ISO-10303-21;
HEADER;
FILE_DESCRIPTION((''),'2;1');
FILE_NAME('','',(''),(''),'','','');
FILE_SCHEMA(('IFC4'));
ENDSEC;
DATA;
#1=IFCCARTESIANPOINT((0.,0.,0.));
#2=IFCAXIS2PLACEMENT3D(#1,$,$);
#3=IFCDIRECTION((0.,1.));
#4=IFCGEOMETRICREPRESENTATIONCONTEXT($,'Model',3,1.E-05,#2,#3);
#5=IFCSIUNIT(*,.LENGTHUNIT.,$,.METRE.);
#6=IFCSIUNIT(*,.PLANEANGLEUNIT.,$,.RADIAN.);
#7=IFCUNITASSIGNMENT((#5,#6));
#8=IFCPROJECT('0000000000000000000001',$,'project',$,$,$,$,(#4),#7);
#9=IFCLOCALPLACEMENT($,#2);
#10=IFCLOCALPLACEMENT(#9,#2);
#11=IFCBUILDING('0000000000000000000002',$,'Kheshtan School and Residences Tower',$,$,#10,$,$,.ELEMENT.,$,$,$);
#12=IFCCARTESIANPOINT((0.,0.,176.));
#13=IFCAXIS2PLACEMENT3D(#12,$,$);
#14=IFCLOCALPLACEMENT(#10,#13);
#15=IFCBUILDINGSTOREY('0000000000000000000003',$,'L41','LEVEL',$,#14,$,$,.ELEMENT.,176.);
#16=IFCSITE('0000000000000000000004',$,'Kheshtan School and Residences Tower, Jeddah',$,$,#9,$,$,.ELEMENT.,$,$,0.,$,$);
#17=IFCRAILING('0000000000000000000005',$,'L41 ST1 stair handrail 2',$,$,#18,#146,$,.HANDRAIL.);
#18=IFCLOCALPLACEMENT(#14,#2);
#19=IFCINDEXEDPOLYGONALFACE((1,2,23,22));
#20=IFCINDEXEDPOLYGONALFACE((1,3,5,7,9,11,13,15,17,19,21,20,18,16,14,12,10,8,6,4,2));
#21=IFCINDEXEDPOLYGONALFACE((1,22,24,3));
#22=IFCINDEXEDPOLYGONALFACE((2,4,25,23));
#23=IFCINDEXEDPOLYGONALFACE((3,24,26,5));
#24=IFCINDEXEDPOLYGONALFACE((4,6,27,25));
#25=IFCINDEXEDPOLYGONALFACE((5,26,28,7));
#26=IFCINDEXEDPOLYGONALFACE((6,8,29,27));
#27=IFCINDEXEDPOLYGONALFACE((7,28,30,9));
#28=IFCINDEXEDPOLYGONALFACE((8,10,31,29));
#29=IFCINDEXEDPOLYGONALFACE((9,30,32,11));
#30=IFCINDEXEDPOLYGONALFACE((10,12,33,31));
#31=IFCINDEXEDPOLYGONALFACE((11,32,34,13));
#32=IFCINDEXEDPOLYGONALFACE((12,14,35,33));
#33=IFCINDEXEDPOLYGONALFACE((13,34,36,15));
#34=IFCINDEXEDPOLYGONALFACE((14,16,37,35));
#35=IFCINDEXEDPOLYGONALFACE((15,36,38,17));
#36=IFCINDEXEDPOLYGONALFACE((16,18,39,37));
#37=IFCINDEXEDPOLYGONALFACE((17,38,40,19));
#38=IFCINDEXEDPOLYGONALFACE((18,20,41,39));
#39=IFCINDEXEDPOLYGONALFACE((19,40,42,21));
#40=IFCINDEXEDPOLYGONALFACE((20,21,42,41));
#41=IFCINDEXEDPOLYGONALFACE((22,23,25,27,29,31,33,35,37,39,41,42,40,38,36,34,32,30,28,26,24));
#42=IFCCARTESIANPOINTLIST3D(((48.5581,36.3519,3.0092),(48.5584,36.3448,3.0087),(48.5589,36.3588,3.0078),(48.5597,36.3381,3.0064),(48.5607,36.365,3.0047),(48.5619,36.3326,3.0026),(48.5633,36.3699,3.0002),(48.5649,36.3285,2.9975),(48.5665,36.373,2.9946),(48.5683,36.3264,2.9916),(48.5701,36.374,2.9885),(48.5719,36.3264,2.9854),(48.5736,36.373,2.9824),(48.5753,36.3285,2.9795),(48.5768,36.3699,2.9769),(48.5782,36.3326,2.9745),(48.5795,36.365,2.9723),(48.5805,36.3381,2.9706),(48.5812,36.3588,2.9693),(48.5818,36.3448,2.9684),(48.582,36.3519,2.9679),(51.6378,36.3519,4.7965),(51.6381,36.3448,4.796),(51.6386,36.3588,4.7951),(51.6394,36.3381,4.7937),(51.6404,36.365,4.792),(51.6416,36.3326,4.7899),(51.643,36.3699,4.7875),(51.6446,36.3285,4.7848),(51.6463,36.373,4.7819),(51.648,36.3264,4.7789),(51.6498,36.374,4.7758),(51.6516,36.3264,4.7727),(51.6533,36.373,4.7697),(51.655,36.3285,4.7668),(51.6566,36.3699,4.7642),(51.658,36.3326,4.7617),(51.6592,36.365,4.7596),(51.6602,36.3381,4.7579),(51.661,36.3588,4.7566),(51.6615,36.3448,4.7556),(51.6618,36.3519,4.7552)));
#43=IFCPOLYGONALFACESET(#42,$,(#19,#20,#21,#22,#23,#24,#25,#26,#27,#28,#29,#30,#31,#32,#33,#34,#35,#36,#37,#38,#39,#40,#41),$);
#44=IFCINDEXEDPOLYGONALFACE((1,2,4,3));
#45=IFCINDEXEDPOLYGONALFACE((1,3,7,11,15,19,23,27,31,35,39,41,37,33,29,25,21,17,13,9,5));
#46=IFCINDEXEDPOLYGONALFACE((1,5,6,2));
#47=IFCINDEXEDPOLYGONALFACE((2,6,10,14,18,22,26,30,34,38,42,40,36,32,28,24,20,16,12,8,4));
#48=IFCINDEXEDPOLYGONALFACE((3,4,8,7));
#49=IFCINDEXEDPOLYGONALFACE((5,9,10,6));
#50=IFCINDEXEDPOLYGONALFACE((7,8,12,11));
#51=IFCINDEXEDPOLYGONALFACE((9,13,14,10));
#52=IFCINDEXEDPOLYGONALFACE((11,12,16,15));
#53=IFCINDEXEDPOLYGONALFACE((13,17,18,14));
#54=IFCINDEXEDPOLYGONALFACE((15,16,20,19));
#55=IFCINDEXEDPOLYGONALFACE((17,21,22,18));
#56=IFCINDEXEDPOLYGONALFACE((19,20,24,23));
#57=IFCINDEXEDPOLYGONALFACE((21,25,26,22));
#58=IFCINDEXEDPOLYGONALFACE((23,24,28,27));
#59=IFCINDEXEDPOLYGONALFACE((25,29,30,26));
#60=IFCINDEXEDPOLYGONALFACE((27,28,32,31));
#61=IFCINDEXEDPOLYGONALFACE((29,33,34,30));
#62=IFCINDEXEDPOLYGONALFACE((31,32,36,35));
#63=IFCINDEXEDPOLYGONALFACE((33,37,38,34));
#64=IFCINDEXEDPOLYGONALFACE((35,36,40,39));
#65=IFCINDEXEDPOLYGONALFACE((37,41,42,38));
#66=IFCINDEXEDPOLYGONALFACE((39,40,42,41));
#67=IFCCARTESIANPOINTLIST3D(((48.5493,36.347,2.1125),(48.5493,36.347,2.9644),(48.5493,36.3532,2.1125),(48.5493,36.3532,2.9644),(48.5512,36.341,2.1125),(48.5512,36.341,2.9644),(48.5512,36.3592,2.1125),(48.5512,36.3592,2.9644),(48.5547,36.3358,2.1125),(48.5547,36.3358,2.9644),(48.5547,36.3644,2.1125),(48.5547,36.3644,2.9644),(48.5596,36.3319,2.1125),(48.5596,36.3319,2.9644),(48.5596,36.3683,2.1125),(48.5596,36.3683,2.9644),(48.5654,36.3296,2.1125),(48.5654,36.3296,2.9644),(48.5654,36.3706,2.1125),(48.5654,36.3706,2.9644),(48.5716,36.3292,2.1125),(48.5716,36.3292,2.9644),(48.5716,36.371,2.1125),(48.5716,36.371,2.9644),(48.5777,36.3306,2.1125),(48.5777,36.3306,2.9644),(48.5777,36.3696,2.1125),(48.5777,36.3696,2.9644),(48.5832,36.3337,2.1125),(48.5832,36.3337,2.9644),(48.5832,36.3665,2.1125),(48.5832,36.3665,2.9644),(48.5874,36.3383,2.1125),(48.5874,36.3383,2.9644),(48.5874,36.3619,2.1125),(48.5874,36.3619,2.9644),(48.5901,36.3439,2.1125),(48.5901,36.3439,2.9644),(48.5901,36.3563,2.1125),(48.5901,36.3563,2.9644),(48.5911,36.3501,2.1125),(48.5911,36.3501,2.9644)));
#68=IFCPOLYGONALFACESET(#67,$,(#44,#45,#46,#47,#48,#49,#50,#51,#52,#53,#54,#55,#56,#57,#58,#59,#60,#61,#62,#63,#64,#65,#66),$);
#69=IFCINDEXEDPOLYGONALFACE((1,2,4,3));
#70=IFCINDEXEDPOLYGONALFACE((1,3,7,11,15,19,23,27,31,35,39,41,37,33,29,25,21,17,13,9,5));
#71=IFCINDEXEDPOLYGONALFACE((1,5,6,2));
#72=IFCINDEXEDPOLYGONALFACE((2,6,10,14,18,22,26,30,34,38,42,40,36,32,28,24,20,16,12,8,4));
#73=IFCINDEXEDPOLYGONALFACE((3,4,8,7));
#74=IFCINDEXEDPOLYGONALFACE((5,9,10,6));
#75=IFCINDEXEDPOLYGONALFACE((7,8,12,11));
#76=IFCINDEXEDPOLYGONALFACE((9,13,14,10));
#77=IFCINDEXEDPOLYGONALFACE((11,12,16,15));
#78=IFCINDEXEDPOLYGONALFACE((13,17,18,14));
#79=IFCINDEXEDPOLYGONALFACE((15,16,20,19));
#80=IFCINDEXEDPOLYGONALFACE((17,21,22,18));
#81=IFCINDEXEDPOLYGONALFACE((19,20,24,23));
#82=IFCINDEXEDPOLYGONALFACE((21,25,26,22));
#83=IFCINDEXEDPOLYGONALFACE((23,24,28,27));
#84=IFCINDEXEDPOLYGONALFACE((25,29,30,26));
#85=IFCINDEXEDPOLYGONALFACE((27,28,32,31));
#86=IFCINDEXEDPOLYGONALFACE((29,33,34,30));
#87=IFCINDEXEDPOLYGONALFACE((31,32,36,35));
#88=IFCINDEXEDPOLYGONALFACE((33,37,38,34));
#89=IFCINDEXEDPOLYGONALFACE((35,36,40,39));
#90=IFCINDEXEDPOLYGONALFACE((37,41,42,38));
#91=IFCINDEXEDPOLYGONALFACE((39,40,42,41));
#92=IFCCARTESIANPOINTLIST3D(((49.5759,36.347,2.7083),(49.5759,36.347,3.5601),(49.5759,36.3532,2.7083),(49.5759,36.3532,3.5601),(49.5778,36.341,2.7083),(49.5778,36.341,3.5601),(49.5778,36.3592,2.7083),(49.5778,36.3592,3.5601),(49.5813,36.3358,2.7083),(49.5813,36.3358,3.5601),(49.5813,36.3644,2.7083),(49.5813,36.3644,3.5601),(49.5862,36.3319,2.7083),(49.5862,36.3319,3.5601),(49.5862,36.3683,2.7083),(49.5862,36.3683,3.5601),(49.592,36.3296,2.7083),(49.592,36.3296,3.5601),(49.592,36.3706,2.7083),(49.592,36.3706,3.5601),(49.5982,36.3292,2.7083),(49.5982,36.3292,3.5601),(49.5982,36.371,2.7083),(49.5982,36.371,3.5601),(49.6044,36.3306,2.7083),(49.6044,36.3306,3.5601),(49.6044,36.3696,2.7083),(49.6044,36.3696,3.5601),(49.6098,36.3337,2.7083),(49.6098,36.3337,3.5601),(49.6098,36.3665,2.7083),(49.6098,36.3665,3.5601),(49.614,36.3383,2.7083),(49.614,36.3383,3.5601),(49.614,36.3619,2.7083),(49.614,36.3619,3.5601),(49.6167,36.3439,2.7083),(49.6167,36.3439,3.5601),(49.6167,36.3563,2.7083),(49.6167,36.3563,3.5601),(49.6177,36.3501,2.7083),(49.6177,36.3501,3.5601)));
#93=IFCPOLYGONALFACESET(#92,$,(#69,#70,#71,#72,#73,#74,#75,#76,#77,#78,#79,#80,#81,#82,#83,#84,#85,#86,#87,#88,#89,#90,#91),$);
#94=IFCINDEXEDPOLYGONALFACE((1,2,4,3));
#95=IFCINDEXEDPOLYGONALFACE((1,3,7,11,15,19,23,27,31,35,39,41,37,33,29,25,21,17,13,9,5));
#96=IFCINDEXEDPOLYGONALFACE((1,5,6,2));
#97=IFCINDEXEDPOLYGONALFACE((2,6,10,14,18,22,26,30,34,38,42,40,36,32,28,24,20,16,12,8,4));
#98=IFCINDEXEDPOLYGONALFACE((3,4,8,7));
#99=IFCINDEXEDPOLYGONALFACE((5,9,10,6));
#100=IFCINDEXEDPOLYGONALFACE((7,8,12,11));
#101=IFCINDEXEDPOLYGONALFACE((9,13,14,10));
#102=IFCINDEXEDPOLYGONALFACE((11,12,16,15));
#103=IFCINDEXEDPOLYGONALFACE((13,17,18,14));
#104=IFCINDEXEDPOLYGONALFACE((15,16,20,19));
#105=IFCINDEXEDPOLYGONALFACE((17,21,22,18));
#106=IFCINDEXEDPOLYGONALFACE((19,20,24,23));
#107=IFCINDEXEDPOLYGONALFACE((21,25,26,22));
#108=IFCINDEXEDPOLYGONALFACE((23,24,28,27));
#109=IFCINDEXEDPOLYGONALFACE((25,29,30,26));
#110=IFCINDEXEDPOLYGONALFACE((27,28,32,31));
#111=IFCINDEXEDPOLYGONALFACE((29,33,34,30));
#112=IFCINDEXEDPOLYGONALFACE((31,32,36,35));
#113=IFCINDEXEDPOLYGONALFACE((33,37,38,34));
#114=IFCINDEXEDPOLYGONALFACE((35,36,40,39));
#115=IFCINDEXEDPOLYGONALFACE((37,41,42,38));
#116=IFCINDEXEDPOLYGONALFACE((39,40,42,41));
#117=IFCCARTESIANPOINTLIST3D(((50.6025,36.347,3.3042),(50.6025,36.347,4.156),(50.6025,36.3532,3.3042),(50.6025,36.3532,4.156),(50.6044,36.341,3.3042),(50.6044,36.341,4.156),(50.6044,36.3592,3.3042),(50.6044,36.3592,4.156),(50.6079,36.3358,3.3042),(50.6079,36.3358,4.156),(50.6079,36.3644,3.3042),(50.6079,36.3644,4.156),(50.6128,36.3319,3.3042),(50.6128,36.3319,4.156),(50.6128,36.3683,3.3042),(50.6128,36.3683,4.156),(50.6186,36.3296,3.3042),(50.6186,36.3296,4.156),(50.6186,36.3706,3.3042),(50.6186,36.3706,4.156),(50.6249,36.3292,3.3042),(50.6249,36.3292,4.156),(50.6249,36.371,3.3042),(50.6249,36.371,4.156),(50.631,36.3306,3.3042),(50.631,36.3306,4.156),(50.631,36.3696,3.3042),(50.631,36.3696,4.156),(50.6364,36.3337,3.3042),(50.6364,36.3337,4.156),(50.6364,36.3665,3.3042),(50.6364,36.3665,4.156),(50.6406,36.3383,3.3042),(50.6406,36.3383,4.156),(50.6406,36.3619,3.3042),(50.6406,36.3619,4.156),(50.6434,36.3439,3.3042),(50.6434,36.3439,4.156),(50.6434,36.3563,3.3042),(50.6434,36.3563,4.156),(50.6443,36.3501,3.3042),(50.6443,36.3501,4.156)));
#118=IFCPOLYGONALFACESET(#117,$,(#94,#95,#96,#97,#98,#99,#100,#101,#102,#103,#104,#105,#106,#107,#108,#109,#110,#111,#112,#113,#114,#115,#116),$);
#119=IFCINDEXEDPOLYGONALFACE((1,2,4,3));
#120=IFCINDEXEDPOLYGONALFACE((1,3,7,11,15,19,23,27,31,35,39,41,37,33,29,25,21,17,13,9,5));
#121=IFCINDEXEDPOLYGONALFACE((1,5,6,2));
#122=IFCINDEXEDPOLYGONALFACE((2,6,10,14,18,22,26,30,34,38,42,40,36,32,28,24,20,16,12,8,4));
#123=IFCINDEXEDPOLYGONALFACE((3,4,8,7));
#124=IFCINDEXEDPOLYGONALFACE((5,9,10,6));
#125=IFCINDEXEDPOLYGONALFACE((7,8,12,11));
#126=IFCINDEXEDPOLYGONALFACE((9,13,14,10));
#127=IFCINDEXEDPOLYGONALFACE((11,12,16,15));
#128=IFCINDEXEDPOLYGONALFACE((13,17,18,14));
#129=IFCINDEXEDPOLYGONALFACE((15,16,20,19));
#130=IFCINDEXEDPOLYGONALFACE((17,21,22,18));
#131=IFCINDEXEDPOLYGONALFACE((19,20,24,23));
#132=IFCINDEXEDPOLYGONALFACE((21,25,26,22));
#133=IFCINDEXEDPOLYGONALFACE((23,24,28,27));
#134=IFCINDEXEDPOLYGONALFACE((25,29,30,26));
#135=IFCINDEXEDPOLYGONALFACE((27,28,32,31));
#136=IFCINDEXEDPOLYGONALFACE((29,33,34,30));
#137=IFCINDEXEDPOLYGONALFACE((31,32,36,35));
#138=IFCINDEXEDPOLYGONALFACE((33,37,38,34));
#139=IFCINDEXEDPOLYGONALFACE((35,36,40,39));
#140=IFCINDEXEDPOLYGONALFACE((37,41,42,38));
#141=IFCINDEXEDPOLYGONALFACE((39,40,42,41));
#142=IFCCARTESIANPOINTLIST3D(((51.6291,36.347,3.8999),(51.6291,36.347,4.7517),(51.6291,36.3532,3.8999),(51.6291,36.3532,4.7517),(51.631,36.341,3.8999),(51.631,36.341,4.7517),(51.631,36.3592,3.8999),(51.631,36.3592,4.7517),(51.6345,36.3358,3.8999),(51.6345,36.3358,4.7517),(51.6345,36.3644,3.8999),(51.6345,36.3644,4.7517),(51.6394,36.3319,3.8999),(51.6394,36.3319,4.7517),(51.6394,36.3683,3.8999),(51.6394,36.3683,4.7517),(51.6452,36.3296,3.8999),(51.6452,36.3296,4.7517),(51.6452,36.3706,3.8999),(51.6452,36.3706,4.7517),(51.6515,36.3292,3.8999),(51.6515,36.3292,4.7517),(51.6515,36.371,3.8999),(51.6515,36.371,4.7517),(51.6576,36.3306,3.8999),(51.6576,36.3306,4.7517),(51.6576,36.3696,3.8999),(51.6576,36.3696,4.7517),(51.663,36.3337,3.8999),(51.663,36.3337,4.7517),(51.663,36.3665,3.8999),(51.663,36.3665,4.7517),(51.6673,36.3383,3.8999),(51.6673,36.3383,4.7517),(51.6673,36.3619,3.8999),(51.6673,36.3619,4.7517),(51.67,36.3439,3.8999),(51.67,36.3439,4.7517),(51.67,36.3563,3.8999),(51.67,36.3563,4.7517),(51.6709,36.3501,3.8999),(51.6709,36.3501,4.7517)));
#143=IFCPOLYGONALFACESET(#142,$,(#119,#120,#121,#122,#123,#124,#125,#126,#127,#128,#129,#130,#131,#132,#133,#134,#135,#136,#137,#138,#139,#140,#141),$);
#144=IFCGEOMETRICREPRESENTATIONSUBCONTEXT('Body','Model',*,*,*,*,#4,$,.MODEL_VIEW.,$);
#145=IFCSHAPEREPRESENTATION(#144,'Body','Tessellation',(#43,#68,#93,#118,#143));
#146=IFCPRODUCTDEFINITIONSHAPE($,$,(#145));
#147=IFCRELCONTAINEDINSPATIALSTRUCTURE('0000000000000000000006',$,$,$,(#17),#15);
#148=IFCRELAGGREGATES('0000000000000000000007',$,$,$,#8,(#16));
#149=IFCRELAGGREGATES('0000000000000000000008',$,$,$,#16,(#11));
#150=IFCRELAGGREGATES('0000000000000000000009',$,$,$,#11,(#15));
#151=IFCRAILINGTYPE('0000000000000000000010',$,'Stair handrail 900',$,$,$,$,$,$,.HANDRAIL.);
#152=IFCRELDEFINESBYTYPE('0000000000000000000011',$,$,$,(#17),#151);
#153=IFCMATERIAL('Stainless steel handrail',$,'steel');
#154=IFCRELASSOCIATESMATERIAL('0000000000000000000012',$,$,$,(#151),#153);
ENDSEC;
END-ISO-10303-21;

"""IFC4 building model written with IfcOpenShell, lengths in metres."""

from ifc_helpers import new_model, si_unit, direction, frame, origin, origin_2d, place, context, subcontext, project, spatial, circle, extrude, material, type_object, element, save


model = new_model("IFC4")

# Units and contexts
model_context = context("Model", 3, precision=1e-05, world=origin(), true_north=direction((0.0, 1.0)))
body_context = subcontext(model_context, "Body", "Model", "MODEL_VIEW")
ifc_project = project(units=[si_unit("LENGTHUNIT", "METRE"), si_unit("PLANEANGLEUNIT", "RADIAN")], contexts=[model_context])

# Site, building, storey
site_placement = place(None, origin())
site = spatial("IfcSite", under=ifc_project, at=site_placement, Name="Kheshtan School and Residences Tower, Jeddah", CompositionType="ELEMENT", RefElevation=0.0)
building_placement = place(site_placement, origin())
building = spatial("IfcBuilding", under=site, at=building_placement, Name="Kheshtan School and Residences Tower", CompositionType="ELEMENT")
storey_placement = place(building_placement, frame((0.0, 0.0, 176.0)))
storey = spatial("IfcBuildingStorey", under=building, at=storey_placement, Name="L41", Description="LEVEL", CompositionType="ELEMENT", Elevation=176.0)

# Railing
ifc_material_1 = material(Name="Stainless steel handrail", Category="steel")
railing_type_1 = type_object("IfcRailingType", Name="Stair handrail 900", PredefinedType="HANDRAIL", material=ifc_material_1)
railing_1_placement = place(storey_placement, frame((48.5701, 36.3501, 2.1125)))
element("IfcRailing", 1, at=railing_1_placement, inside=storey, type_object=railing_type_1, Name="L41 ST1 stair handrail 2", PredefinedType="HANDRAIL", context=body_context, shape_type="SweptSolid", body=[
    extrude(circle(Radius=0.0239, at=origin_2d()), frame((0.0, 0.0, 0.876), z_axis=(0.864903, 0.0, 0.501939), x_axis=(0.0, 1.0, 0.0)), (0.0, 0.0, 1.0), 3.5608),
    extrude(circle(Radius=0.021, at=origin_2d()), origin(), (0.0, 0.0, 1.0), 0.8518),
    extrude(circle(Radius=0.021, at=origin_2d()), frame((1.0266, 0.0, 0.5957)), (0.0, 0.0, 1.0), 0.8518),
    extrude(circle(Radius=0.021, at=origin_2d()), frame((2.0532, 0.0, 1.1917)), (0.0, 0.0, 1.0), 0.8518),
    extrude(circle(Radius=0.021, at=origin_2d()), frame((3.0798, 0.0, 1.7874)), (0.0, 0.0, 1.0), 0.8518),
])

save(model, "model.ifc")
